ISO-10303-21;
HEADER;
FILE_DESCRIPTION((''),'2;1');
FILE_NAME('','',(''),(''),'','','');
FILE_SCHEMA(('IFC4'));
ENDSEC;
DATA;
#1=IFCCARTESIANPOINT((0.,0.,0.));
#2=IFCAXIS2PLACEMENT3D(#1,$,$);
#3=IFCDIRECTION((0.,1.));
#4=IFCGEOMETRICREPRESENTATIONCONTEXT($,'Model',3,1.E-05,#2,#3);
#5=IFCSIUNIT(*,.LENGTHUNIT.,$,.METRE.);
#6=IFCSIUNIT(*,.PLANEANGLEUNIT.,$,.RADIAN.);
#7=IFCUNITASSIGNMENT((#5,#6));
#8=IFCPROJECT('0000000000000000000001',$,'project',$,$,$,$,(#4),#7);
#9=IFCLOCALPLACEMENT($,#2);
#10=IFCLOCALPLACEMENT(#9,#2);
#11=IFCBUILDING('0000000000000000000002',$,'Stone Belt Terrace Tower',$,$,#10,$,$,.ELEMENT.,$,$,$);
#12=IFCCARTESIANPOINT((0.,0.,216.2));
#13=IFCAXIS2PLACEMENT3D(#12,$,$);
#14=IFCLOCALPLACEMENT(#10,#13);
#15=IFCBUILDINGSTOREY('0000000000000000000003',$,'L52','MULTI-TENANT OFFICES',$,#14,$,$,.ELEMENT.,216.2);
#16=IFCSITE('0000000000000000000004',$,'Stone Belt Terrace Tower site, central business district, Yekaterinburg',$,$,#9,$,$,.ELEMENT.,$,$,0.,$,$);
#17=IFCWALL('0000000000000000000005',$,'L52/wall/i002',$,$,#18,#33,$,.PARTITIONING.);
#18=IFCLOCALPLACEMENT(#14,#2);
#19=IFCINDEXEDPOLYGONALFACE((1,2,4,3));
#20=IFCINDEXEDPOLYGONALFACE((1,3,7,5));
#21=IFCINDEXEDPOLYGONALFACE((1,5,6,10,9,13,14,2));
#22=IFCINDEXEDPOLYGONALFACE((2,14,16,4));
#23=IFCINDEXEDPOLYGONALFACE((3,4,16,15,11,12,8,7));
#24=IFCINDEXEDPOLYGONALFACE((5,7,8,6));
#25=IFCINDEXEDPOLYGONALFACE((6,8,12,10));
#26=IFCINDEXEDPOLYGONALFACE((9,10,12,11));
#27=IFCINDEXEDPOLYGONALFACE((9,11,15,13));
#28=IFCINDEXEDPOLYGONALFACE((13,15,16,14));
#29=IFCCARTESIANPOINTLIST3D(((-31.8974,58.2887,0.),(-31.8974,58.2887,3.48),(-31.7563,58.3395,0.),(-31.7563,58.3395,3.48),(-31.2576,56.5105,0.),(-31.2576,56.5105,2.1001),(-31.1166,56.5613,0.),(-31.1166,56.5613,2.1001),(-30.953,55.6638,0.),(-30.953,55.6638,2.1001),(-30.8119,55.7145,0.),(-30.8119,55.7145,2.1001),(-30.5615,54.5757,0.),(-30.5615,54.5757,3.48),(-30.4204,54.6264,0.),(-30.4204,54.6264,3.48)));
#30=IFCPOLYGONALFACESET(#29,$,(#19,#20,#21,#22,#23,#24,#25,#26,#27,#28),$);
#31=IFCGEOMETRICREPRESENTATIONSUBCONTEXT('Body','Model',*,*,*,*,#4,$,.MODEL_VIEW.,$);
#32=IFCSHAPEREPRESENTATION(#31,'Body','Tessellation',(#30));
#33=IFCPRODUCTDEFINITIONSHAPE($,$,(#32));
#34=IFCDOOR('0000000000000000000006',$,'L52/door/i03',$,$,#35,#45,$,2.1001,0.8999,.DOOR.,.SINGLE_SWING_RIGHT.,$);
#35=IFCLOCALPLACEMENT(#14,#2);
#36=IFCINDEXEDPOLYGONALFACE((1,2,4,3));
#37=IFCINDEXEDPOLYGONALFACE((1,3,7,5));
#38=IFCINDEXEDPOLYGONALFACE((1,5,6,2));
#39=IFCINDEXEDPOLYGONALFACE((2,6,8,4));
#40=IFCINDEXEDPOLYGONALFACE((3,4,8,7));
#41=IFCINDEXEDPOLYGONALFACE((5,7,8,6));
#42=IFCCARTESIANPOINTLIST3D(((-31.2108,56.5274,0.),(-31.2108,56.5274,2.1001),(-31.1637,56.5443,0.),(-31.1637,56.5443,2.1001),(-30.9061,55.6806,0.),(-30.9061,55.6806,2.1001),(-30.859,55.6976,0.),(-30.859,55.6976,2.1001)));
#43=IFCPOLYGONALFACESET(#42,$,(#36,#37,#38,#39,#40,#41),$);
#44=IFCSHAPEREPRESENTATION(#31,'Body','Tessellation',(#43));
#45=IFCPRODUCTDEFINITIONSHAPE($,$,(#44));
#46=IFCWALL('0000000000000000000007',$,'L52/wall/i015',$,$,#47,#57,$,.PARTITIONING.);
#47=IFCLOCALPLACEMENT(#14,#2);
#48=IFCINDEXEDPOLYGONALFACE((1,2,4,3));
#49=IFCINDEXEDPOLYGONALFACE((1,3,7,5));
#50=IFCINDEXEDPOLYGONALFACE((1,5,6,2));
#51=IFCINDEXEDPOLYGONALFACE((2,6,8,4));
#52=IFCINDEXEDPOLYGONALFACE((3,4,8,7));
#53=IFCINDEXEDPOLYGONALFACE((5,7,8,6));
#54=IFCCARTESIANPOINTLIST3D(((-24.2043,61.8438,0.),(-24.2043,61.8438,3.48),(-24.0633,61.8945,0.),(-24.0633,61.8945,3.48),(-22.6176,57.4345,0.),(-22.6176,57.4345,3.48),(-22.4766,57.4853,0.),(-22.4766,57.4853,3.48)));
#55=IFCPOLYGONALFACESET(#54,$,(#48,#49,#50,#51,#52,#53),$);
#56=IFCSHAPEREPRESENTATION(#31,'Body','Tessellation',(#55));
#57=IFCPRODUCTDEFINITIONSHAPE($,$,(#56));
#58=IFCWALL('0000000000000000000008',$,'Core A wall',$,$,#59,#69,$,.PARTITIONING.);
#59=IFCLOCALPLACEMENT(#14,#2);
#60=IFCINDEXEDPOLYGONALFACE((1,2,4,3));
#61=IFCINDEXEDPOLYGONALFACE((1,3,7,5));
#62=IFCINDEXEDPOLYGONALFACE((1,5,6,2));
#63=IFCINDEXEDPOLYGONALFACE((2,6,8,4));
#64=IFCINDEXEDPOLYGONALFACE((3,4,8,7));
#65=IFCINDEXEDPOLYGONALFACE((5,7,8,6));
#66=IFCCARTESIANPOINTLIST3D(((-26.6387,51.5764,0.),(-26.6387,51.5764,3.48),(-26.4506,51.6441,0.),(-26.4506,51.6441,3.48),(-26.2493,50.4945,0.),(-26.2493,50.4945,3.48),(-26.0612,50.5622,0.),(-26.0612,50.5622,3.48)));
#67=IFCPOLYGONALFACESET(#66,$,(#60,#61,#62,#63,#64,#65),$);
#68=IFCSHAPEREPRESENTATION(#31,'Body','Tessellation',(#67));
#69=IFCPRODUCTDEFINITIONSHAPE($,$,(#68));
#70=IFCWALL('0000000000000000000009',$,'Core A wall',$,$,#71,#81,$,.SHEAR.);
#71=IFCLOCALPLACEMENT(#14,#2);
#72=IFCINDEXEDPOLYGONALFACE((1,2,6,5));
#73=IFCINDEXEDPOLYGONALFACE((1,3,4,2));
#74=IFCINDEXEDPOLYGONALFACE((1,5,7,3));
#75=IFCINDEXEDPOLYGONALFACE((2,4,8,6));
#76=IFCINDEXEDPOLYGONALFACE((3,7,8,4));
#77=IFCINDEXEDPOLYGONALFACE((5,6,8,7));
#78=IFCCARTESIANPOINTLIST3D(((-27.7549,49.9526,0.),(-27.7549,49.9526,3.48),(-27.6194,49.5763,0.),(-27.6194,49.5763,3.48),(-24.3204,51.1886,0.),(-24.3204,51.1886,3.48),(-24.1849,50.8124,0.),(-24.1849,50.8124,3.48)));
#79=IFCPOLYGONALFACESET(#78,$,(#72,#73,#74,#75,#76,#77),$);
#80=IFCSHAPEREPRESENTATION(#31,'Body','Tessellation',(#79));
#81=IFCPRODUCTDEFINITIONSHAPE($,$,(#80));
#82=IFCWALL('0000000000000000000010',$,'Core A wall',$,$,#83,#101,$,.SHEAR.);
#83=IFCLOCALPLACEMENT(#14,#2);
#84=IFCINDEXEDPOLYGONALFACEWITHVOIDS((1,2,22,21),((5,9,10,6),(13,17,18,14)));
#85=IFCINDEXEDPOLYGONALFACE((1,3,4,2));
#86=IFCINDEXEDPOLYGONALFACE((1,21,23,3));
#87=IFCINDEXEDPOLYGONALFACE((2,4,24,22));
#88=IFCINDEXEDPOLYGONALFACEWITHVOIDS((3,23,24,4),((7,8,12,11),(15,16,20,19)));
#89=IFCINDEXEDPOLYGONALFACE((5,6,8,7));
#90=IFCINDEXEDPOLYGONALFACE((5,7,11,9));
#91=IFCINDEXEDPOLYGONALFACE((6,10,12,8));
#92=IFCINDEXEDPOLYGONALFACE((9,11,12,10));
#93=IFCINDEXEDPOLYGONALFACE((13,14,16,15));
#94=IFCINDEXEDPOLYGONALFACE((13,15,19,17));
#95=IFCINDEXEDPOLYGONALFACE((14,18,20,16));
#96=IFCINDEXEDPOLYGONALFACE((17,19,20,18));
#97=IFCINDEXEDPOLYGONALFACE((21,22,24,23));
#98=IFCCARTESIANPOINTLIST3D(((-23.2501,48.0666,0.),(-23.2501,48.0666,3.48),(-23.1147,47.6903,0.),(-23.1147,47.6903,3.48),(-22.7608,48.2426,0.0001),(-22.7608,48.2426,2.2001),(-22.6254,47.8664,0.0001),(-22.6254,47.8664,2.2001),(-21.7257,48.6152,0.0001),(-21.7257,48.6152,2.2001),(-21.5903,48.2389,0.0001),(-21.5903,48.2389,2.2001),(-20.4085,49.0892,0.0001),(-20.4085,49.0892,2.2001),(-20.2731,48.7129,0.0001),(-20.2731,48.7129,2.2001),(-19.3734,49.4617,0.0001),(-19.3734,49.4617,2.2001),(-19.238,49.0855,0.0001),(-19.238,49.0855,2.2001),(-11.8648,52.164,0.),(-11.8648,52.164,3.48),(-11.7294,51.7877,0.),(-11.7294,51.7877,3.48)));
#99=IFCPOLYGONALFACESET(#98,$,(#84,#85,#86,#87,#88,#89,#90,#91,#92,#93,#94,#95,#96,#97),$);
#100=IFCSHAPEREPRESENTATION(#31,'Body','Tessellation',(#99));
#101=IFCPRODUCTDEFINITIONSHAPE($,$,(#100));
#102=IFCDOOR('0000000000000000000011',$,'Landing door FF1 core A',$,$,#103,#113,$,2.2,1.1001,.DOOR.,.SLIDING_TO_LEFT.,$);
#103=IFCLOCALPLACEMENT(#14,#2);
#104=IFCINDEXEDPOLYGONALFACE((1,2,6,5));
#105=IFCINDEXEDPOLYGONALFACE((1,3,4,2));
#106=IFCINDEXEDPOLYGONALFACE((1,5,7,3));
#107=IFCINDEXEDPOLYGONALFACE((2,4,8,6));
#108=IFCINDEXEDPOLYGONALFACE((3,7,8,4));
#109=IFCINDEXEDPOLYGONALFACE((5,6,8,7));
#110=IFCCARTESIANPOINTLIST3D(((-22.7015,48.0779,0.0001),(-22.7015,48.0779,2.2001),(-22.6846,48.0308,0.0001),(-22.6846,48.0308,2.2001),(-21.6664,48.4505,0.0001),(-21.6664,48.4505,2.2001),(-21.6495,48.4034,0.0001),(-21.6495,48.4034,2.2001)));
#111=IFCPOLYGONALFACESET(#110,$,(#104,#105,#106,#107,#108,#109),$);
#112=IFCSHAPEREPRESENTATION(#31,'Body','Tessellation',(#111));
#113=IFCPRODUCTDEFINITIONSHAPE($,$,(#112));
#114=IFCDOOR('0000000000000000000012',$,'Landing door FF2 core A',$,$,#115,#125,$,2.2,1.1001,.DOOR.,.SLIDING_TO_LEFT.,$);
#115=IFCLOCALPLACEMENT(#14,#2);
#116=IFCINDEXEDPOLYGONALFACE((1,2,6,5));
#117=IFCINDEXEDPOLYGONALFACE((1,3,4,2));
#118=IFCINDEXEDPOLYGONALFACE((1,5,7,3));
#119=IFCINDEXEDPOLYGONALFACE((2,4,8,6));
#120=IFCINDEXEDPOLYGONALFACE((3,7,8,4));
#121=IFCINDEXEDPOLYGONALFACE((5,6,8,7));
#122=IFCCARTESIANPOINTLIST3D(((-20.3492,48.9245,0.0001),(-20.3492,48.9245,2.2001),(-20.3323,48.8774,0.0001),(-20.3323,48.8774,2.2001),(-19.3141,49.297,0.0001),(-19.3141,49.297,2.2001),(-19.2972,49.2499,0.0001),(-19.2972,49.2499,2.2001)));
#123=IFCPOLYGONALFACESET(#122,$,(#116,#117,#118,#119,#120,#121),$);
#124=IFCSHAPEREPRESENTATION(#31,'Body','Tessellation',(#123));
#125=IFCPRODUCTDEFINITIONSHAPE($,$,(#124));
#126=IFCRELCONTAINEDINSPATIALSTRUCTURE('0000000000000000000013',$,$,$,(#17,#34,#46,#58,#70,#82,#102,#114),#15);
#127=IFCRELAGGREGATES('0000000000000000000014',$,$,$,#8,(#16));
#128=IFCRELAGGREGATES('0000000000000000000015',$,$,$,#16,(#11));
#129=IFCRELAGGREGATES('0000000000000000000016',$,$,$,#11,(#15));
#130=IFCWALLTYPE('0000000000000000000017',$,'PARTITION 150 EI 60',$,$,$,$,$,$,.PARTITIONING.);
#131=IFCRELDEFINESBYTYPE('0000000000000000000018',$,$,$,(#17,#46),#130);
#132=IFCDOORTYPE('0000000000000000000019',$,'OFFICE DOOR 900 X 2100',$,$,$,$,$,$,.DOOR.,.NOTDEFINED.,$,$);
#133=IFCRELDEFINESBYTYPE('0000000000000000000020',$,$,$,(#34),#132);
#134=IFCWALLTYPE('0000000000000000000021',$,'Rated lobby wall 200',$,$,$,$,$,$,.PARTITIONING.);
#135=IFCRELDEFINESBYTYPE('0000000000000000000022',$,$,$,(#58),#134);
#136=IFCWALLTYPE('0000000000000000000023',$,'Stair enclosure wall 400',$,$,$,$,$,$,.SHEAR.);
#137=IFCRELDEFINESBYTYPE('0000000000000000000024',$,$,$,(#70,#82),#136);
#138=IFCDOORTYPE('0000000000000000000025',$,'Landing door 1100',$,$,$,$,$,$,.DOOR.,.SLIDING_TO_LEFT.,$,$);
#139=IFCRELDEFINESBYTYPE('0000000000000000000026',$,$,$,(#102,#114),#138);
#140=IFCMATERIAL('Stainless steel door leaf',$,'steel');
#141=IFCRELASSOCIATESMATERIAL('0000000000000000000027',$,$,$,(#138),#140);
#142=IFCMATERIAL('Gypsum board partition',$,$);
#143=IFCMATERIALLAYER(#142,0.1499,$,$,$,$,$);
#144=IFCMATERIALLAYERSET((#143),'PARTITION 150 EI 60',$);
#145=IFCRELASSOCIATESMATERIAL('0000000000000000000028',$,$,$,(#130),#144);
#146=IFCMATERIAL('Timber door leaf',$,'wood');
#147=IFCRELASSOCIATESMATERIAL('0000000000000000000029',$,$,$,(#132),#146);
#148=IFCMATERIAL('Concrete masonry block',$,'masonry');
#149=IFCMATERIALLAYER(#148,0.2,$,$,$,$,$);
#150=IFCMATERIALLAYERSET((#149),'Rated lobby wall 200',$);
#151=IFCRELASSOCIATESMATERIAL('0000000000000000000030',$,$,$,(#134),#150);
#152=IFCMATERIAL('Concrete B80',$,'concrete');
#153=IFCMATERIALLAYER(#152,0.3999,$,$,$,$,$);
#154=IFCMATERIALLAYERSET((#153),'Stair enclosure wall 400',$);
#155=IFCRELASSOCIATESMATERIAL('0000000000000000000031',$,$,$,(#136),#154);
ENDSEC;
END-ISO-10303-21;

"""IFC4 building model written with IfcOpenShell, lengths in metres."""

from ifc_helpers import new_model, si_unit, direction, frame, frame_2d, origin, place, context, subcontext, project, spatial, rectangle, extrude, material, layer, layer_set, type_object, element, fill, save


model = new_model("IFC4")

# Units and contexts
model_context = context("Model", 3, precision=1e-05, world=origin(), true_north=direction((0.0, 1.0)))
body_context = subcontext(model_context, "Body", "Model", "MODEL_VIEW")
ifc_project = project(units=[si_unit("LENGTHUNIT", "METRE"), si_unit("PLANEANGLEUNIT", "RADIAN")], contexts=[model_context])

# Site, building, storey
site_placement = place(None, origin())
site = spatial("IfcSite", under=ifc_project, at=site_placement, Name="Stone Belt Terrace Tower site, central business district, Yekaterinburg", CompositionType="ELEMENT", RefElevation=0.0)
building_placement = place(site_placement, origin())
building = spatial("IfcBuilding", under=site, at=building_placement, Name="Stone Belt Terrace Tower", CompositionType="ELEMENT")
storey_placement = place(building_placement, frame((0.0, 0.0, 216.2)))
storey = spatial("IfcBuildingStorey", under=building, at=storey_placement, Name="L52", Description="MULTI-TENANT OFFICES", CompositionType="ELEMENT", Elevation=216.2)

# Shared definitions
ifc_material_1 = material(Name="Timber door leaf", Category="wood")

# Shared definitions
ifc_material_2 = material(Name="Concrete B80", Category="concrete")

# Shared definitions
ifc_material_3 = material(Name="Stainless steel door leaf", Category="steel")

# Shared definitions
door_type_1 = type_object("IfcDoorType", Name="Landing door 1100", OperationType="SLIDING_TO_LEFT", PredefinedType="DOOR", material=ifc_material_3)

# Wall, opening, door
ifc_material_4 = material(Name="Gypsum board partition")
ifc_layer_1 = layer(ifc_material_4, 0.1499)
ifc_layer_set_1 = layer_set([ifc_layer_1], Name="PARTITION 150 EI 60")
wall_type_1 = type_object("IfcWallType", Name="PARTITION 150 EI 60", PredefinedType="PARTITIONING", material=ifc_layer_set_1)
wall_1_placement = place(storey_placement, frame((-31.8269, 58.3142, 0.0), z_axis=(0.0, 0.0, 1.0), x_axis=(0.338542, -0.940951, 0.0)))
wall_1 = element("IfcWall", 1, at=wall_1_placement, inside=storey, type_object=wall_type_1, Name="L52/wall/i002", PredefinedType="PARTITIONING", context=body_context, shape_type="SweptSolid", body=[
    extrude(rectangle(XDim=3.946, YDim=0.1499, at=frame_2d((1.9731, 0.0))), origin(), (0.0, 0.0, 1.0), 3.48),
])
opening_1_placement = place(wall_1_placement, frame((1.8899, 0.0, 0.0)))
opening_1 = element("IfcOpeningElement", 2, at=opening_1_placement, cuts=wall_1, PredefinedType="OPENING", context=body_context, shape_type="SweptSolid", body=[
    extrude(rectangle(XDim=0.8999, YDim=2.1001, at=frame_2d((0.45, 1.05))), frame((0.0, 0.085, 0.0), z_axis=(0.0, -1.0, 0.0), x_axis=(1.0, 0.0, 0.0)), (0.0, 0.0, 1.0), 0.1699),
])
door_type_2 = type_object("IfcDoorType", Name="OFFICE DOOR 900 X 2100", OperationType="NOTDEFINED", PredefinedType="DOOR", material=ifc_material_1)
door_1_placement = place(opening_1_placement, origin())
door_1 = element("IfcDoor", 3, at=door_1_placement, inside=storey, type_object=door_type_2, Name="L52/door/i03", OperationType="SINGLE_SWING_RIGHT", OverallHeight=2.1001, OverallWidth=0.8999, PredefinedType="DOOR", context=body_context, shape_type="SweptSolid", body=[
    extrude(rectangle(XDim=0.8999, YDim=2.1001, at=frame_2d((0.45, 1.05))), frame((0.0, 0.0249, 0.0), z_axis=(0.0, -1.0, 0.0), x_axis=(1.0, 0.0, 0.0)), (0.0, 0.0, 1.0), 0.05),
])
fill(opening_1, door_1)

# Walls
wall_2_placement = place(storey_placement, frame((-24.1338, 61.8691, 0.0), z_axis=(0.0, 0.0, 1.0), x_axis=(0.3386, -0.940931, 0.0)))
element("IfcWall", 4, at=wall_2_placement, inside=storey, type_object=wall_type_1, Name="L52/wall/i015", PredefinedType="PARTITIONING", context=body_context, shape_type="SweptSolid", body=[
    extrude(rectangle(XDim=4.686, YDim=0.1499, at=frame_2d((2.343, 0.0))), origin(), (0.0, 0.0, 1.0), 3.48),
])
ifc_material_5 = material(Name="Concrete masonry block", Category="masonry")
ifc_layer_2 = layer(ifc_material_5, 0.2)
ifc_layer_set_2 = layer_set([ifc_layer_2], Name="Rated lobby wall 200")
wall_type_2 = type_object("IfcWallType", Name="Rated lobby wall 200", PredefinedType="PARTITIONING", material=ifc_layer_set_2)
wall_3_placement = place(storey_placement, frame((-26.1553, 50.5283, 0.0), z_axis=(0.0, 0.0, 1.0), x_axis=(-0.338622, 0.940923, 0.0)))
element("IfcWall", 5, at=wall_3_placement, inside=storey, type_object=wall_type_2, Name="Core A wall", PredefinedType="PARTITIONING", context=body_context, shape_type="SweptSolid", body=[
    extrude(rectangle(XDim=1.1499, YDim=0.2, at=frame_2d((0.575, 0.0))), origin(), (0.0, 0.0, 1.0), 3.48),
])
ifc_layer_3 = layer(ifc_material_2, 0.3999)
ifc_layer_set_3 = layer_set([ifc_layer_3], Name="Stair enclosure wall 400")
wall_type_3 = type_object("IfcWallType", Name="Stair enclosure wall 400", PredefinedType="SHEAR", material=ifc_layer_set_3)
wall_4_placement = place(storey_placement, frame((-27.6873, 49.7644, 0.0), z_axis=(0.0, 0.0, 1.0), x_axis=(0.940919, 0.338632, 0.0)))
element("IfcWall", 6, at=wall_4_placement, inside=storey, type_object=wall_type_3, Name="Core A wall", PredefinedType="SHEAR", context=body_context, shape_type="SweptSolid", body=[
    extrude(rectangle(XDim=3.6501, YDim=0.3999, at=frame_2d((1.8252, 0.0))), origin(), (0.0, 0.0, 1.0), 3.48),
])

# Wall, openings, doors
wall_5_placement = place(storey_placement, frame((-23.1824, 47.8784, 0.0), z_axis=(0.0, 0.0, 1.0), x_axis=(0.940921, 0.338626, 0.0)))
wall_5 = element("IfcWall", 7, at=wall_5_placement, inside=storey, type_object=wall_type_3, Name="Core A wall", PredefinedType="SHEAR", context=body_context, shape_type="SweptSolid", body=[
    extrude(rectangle(XDim=12.1001, YDim=0.3999, at=frame_2d((6.05, 0.0))), origin(), (0.0, 0.0, 1.0), 3.48),
])
opening_2_placement = place(wall_5_placement, frame((0.52, 0.0, 0.0)))
opening_2 = element("IfcOpeningElement", 8, at=opening_2_placement, cuts=wall_5, PredefinedType="OPENING", context=body_context, shape_type="SweptSolid", body=[
    extrude(rectangle(XDim=1.1001, YDim=2.2, at=frame_2d((0.55, 1.1001))), frame((0.0, 0.21, 0.0), z_axis=(0.0, -1.0, 0.0), x_axis=(1.0, 0.0, 0.0)), (0.0, 0.0, 1.0), 0.4199),
])
opening_3_placement = place(wall_5_placement, frame((3.02, 0.0, 0.0)))
opening_3 = element("IfcOpeningElement", 9, at=opening_3_placement, cuts=wall_5, PredefinedType="OPENING", context=body_context, shape_type="SweptSolid", body=[
    extrude(rectangle(XDim=1.1001, YDim=2.2, at=frame_2d((0.55, 1.1001))), frame((0.0, 0.21, 0.0), z_axis=(0.0, -1.0, 0.0), x_axis=(1.0, 0.0, 0.0)), (0.0, 0.0, 1.0), 0.4199),
])
door_2_placement = place(opening_2_placement, origin())
door_2 = element("IfcDoor", 10, at=door_2_placement, inside=storey, type_object=door_type_1, Name="Landing door FF1 core A", OperationType="SLIDING_TO_LEFT", OverallHeight=2.2, OverallWidth=1.1001, PredefinedType="DOOR", context=body_context, shape_type="SweptSolid", body=[
    extrude(rectangle(XDim=1.1001, YDim=2.2, at=frame_2d((0.55, 1.1001))), frame((0.0, 0.0249, 0.0), z_axis=(0.0, -1.0, 0.0), x_axis=(1.0, 0.0, 0.0)), (0.0, 0.0, 1.0), 0.05),
])
fill(opening_2, door_2)
door_3_placement = place(opening_3_placement, origin())
door_3 = element("IfcDoor", 11, at=door_3_placement, inside=storey, type_object=door_type_1, Name="Landing door FF2 core A", OperationType="SLIDING_TO_LEFT", OverallHeight=2.2, OverallWidth=1.1001, PredefinedType="DOOR", context=body_context, shape_type="SweptSolid", body=[
    extrude(rectangle(XDim=1.1001, YDim=2.2, at=frame_2d((0.55, 1.1001))), frame((0.0, 0.0249, 0.0), z_axis=(0.0, -1.0, 0.0), x_axis=(1.0, 0.0, 0.0)), (0.0, 0.0, 1.0), 0.05),
])
fill(opening_3, door_3)

save(model, "model.ifc")
